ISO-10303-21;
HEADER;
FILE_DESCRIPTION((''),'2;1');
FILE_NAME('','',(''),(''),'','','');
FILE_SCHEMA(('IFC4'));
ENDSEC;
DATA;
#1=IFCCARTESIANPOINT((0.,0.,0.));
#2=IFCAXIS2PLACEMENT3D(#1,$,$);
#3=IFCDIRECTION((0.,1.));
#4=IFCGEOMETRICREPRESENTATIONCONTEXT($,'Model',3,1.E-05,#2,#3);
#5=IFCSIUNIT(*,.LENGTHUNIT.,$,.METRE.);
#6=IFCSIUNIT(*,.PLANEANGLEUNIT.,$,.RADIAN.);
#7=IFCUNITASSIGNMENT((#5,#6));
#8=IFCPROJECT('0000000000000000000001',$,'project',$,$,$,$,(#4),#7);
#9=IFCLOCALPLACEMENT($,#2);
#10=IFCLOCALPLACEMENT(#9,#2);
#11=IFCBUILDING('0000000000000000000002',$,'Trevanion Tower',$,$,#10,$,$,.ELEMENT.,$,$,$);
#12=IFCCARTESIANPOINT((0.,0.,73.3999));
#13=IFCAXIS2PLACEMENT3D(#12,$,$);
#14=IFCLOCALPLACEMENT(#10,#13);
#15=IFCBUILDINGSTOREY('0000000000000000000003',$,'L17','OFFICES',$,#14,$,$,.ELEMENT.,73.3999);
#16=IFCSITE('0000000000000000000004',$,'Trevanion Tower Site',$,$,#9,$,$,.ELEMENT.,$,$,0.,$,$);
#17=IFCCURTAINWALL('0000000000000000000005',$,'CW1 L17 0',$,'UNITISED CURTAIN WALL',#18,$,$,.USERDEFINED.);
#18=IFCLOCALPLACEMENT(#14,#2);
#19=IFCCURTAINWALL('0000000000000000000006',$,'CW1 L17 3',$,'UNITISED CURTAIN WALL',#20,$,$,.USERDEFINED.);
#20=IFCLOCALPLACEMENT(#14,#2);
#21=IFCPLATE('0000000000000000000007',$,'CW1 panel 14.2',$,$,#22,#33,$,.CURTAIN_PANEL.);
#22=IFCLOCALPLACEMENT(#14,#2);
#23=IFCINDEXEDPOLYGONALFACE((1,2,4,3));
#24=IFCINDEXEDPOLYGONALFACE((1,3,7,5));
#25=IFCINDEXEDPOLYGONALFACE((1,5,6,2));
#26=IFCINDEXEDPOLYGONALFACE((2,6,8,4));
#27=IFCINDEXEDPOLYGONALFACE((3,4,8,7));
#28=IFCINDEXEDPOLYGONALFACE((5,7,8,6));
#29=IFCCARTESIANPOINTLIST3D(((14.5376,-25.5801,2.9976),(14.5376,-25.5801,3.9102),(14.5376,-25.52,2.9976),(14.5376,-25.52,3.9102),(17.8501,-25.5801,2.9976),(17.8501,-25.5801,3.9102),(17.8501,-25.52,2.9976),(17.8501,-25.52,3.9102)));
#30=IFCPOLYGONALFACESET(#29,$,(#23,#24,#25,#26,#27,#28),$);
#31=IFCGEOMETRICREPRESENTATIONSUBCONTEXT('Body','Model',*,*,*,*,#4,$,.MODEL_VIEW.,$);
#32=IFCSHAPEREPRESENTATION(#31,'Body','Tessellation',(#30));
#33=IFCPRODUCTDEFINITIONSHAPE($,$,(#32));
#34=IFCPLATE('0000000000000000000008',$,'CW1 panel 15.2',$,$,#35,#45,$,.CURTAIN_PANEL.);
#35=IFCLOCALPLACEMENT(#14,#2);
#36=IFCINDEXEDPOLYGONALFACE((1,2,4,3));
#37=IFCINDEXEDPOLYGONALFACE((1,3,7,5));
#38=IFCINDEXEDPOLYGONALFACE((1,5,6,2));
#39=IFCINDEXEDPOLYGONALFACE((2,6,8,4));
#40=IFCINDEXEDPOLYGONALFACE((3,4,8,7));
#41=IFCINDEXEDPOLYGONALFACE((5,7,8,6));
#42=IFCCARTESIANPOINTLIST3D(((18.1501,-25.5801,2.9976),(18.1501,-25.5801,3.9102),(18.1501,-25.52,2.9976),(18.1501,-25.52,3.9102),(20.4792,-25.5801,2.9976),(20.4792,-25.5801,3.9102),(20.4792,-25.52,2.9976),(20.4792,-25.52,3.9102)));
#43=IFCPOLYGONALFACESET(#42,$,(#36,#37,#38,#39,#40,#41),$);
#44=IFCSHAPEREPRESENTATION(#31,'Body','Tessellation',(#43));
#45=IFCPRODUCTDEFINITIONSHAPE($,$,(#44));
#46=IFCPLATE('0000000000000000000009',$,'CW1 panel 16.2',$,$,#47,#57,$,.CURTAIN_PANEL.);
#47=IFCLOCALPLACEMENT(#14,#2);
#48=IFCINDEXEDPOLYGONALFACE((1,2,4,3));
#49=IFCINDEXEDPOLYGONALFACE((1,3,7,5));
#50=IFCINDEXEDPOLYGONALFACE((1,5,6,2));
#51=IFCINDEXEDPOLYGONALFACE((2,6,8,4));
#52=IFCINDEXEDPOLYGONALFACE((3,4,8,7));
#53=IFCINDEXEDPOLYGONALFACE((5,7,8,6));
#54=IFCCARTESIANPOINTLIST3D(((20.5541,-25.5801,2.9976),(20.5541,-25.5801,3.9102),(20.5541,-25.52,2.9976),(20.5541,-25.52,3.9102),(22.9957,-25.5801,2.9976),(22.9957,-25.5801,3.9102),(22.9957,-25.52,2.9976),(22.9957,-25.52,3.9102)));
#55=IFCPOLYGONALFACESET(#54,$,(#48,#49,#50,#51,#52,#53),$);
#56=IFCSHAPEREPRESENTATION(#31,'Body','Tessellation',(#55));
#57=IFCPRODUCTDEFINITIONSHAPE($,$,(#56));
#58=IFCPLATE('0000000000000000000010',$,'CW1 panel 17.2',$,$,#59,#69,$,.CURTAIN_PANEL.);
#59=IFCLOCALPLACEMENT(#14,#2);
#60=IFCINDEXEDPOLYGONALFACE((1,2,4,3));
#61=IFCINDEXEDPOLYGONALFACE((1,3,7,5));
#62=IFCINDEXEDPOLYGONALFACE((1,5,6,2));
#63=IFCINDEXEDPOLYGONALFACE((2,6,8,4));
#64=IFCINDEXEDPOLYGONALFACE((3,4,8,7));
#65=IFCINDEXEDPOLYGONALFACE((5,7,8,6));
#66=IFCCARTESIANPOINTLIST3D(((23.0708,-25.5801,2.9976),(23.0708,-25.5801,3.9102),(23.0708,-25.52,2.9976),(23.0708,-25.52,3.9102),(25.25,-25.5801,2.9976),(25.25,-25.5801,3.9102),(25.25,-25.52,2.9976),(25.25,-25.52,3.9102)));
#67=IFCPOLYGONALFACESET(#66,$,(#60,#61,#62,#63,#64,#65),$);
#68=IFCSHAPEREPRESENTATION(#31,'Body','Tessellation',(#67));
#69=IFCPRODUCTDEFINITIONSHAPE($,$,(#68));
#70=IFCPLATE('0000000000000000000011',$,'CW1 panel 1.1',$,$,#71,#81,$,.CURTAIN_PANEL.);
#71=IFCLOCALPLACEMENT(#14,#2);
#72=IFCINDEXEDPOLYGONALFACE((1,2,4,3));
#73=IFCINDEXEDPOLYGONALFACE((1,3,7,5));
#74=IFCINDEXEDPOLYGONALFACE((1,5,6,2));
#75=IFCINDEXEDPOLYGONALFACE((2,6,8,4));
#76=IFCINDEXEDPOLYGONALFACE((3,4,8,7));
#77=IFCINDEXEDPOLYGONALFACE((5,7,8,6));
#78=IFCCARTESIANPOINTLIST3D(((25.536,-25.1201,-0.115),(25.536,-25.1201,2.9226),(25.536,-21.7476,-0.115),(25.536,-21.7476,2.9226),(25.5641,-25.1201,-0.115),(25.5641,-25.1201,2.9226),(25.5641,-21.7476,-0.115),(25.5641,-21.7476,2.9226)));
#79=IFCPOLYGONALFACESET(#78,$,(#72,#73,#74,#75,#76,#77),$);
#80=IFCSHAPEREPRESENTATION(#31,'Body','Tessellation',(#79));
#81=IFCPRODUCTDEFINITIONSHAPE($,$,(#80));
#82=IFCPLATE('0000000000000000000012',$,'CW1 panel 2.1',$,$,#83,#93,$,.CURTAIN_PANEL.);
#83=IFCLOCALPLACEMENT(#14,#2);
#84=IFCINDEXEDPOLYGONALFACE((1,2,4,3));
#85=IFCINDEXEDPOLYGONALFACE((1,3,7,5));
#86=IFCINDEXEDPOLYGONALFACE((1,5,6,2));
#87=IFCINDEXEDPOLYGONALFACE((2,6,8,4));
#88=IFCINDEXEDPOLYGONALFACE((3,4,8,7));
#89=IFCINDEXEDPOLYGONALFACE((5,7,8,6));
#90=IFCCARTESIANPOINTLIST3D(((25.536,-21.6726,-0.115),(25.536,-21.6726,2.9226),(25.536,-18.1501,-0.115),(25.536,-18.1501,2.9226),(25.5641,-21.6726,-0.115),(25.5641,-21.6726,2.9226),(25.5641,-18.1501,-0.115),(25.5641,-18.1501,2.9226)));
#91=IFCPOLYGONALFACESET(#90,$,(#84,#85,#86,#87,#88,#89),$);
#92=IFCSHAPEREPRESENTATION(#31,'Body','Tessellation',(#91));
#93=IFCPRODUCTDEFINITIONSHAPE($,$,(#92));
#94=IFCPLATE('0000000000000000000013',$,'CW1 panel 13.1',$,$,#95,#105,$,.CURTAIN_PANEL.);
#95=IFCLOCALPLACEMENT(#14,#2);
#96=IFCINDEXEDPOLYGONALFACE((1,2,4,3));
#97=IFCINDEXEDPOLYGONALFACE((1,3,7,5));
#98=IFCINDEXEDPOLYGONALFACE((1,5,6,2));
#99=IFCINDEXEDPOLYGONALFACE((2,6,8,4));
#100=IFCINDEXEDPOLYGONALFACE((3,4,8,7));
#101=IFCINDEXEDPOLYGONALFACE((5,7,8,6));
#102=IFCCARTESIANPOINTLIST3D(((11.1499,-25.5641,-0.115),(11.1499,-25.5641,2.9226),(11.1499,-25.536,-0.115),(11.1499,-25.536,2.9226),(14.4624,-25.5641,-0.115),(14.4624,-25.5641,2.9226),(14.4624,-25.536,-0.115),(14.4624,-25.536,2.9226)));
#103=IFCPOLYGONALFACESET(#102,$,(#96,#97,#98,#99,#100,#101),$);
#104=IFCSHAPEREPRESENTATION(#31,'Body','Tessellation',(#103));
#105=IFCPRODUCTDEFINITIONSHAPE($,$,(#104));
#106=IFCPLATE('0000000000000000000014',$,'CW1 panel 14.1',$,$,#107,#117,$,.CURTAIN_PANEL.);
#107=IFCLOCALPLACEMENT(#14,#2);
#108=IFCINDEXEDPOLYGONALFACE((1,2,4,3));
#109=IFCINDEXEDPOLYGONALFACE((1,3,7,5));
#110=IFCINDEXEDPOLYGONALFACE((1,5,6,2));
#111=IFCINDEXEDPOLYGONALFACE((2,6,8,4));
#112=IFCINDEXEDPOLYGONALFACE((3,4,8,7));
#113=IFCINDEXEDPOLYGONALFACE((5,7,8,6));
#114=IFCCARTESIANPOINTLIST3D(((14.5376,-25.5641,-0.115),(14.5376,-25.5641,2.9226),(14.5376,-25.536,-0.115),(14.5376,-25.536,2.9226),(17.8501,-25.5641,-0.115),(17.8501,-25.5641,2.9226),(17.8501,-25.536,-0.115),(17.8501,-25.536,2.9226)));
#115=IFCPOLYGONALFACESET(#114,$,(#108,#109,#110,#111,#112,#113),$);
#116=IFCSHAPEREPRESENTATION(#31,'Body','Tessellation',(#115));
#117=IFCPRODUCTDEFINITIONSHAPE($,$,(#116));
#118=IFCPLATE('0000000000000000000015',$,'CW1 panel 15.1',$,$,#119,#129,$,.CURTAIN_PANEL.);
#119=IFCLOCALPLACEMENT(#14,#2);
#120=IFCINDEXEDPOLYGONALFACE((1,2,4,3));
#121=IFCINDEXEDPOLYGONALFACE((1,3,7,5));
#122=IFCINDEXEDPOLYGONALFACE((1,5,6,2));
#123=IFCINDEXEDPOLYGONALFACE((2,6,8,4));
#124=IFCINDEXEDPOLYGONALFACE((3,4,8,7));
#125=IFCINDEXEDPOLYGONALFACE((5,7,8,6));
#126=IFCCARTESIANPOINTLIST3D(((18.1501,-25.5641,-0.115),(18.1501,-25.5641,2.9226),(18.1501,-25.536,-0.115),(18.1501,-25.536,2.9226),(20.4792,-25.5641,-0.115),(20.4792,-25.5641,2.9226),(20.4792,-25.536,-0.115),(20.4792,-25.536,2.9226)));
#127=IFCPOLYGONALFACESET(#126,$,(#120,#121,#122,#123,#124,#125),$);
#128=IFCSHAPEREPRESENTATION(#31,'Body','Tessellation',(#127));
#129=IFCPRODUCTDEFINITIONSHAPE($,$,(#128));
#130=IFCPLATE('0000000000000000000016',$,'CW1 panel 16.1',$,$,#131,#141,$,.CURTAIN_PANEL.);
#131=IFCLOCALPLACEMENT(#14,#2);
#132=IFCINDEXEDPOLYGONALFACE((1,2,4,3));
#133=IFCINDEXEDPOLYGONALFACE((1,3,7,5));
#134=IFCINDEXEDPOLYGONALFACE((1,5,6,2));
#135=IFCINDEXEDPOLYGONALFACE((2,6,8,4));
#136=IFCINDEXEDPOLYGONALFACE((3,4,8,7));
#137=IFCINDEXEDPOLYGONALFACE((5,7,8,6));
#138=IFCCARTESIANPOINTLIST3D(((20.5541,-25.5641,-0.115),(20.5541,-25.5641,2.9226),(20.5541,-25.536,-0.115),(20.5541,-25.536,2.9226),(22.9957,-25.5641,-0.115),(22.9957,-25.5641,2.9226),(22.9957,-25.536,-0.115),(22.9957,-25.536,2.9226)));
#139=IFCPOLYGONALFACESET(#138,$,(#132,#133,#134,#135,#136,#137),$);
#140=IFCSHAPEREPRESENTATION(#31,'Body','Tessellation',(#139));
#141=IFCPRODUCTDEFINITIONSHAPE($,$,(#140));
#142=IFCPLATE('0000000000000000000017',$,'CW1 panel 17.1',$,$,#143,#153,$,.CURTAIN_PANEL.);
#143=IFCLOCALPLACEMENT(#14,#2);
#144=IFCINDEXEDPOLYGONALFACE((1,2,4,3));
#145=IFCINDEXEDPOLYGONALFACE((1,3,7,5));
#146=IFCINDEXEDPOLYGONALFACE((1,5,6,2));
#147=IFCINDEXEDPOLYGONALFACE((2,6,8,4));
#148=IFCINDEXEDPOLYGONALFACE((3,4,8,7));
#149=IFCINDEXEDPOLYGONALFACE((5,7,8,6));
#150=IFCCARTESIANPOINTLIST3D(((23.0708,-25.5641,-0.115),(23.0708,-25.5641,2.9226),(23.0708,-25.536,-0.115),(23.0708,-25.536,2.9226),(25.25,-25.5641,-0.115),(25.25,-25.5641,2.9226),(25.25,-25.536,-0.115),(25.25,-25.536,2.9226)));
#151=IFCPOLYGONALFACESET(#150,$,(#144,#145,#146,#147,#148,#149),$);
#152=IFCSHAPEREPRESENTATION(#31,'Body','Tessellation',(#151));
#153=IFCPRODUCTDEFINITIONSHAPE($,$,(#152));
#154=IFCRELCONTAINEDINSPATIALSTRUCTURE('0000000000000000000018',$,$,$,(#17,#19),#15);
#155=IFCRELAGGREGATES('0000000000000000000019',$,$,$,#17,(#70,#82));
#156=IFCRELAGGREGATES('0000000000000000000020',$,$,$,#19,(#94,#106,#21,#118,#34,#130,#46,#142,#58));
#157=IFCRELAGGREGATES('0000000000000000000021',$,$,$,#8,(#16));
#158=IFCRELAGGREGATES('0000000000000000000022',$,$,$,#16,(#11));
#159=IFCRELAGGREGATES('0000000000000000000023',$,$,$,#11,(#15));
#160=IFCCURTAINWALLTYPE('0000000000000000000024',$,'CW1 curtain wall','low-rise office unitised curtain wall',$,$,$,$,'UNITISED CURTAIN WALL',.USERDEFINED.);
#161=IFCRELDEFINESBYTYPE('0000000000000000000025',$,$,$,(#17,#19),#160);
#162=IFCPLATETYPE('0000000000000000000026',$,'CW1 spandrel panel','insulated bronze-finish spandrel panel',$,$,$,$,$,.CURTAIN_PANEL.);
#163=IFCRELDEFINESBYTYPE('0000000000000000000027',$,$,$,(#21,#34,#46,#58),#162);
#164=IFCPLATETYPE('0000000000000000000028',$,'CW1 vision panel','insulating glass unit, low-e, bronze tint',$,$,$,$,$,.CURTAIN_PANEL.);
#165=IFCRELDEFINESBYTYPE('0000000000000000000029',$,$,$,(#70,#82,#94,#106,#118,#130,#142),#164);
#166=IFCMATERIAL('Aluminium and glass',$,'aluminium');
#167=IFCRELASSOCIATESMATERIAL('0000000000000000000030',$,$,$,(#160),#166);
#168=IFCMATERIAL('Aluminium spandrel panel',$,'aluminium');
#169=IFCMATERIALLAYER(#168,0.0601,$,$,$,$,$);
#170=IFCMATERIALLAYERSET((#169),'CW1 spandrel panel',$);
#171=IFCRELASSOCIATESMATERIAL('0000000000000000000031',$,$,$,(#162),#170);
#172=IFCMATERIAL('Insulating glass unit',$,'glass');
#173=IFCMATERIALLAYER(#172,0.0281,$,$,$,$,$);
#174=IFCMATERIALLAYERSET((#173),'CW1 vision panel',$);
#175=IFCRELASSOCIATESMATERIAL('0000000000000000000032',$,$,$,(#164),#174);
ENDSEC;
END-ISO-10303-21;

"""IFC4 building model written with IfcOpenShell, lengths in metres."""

from ifc_helpers import new_model, si_unit, direction, frame, origin, origin_2d, place, context, subcontext, project, spatial, rectangle, extrude, material, layer, layer_set, type_object, element, aggregate, save


model = new_model("IFC4")

# Units and contexts
model_context = context("Model", 3, precision=1e-05, world=origin(), true_north=direction((0.0, 1.0)))
body_context = subcontext(model_context, "Body", "Model", "MODEL_VIEW")
ifc_project = project(units=[si_unit("LENGTHUNIT", "METRE"), si_unit("PLANEANGLEUNIT", "RADIAN")], contexts=[model_context])

# Site, building, storey
site_placement = place(None, origin())
site = spatial("IfcSite", under=ifc_project, at=site_placement, Name="Trevanion Tower Site", CompositionType="ELEMENT", RefElevation=0.0)
building_placement = place(site_placement, origin())
building = spatial("IfcBuilding", under=site, at=building_placement, Name="Trevanion Tower", CompositionType="ELEMENT")
storey_placement = place(building_placement, frame((0.0, 0.0, 73.3999)))
storey = spatial("IfcBuildingStorey", under=building, at=storey_placement, Name="L17", Description="OFFICES", CompositionType="ELEMENT", Elevation=73.3999)

# Curtain wall
ifc_material_1 = material(Name="Aluminium and glass", Category="aluminium")
curtain_wall_type = type_object("IfcCurtainWallType", Name="CW1 curtain wall", Description="low-rise office unitised curtain wall", ElementType="UNITISED CURTAIN WALL", PredefinedType="USERDEFINED", material=ifc_material_1)
curtain_wall_1_placement = place(storey_placement, origin())
curtain_wall_1 = element("IfcCurtainWall", 1, at=curtain_wall_1_placement, inside=storey, type_object=curtain_wall_type, Name="CW1 L17 0", ObjectType="UNITISED CURTAIN WALL", PredefinedType="USERDEFINED")

# Curtain wall
curtain_wall_2_placement = place(storey_placement, origin())
curtain_wall_2 = element("IfcCurtainWall", 2, at=curtain_wall_2_placement, inside=storey, type_object=curtain_wall_type, Name="CW1 L17 3", ObjectType="UNITISED CURTAIN WALL", PredefinedType="USERDEFINED")

# Plates
ifc_material_2 = material(Name="Aluminium spandrel panel", Category="aluminium")
ifc_layer_1 = layer(ifc_material_2, 0.0601)
ifc_layer_set_1 = layer_set([ifc_layer_1], Name="CW1 spandrel panel")
plate_type_1 = type_object("IfcPlateType", Name="CW1 spandrel panel", Description="insulated bronze-finish spandrel panel", PredefinedType="CURTAIN_PANEL", material=ifc_layer_set_1)
plate_1_placement = place(storey_placement, frame((16.1938, -25.55, 2.9976), z_axis=(0.0, 0.0, 1.0), x_axis=(1.0, 0.0, 0.0)))
plate_1 = element("IfcPlate", 3, at=plate_1_placement, type_object=plate_type_1, Name="CW1 panel 14.2", PredefinedType="CURTAIN_PANEL", context=body_context, shape_type="SweptSolid", body=[
    extrude(rectangle(XDim=3.3125, YDim=0.0601, at=origin_2d()), origin(), (0.0, 0.0, 1.0), 0.9126),
])
plate_2_placement = place(storey_placement, frame((19.3147, -25.55, 2.9976), z_axis=(0.0, 0.0, 1.0), x_axis=(1.0, 0.0, 0.0)))
plate_2 = element("IfcPlate", 4, at=plate_2_placement, type_object=plate_type_1, Name="CW1 panel 15.2", PredefinedType="CURTAIN_PANEL", context=body_context, shape_type="SweptSolid", body=[
    extrude(rectangle(XDim=2.3291, YDim=0.0601, at=origin_2d()), origin(), (0.0, 0.0, 1.0), 0.9126),
])
plate_3_placement = place(storey_placement, frame((21.7749, -25.55, 2.9976), z_axis=(0.0, 0.0, 1.0), x_axis=(1.0, 0.0, 0.0)))
plate_3 = element("IfcPlate", 5, at=plate_3_placement, type_object=plate_type_1, Name="CW1 panel 16.2", PredefinedType="CURTAIN_PANEL", context=body_context, shape_type="SweptSolid", body=[
    extrude(rectangle(XDim=2.4417, YDim=0.0601, at=origin_2d()), origin(), (0.0, 0.0, 1.0), 0.9126),
])
plate_4_placement = place(storey_placement, frame((24.1604, -25.55, 2.9976), z_axis=(0.0, 0.0, 1.0), x_axis=(1.0, 0.0, 0.0)))
plate_4 = element("IfcPlate", 6, at=plate_4_placement, type_object=plate_type_1, Name="CW1 panel 17.2", PredefinedType="CURTAIN_PANEL", context=body_context, shape_type="SweptSolid", body=[
    extrude(rectangle(XDim=2.1792, YDim=0.0601, at=origin_2d()), origin(), (0.0, 0.0, 1.0), 0.9126),
])
ifc_material_3 = material(Name="Insulating glass unit", Category="glass")
ifc_layer_2 = layer(ifc_material_3, 0.0281)
ifc_layer_set_2 = layer_set([ifc_layer_2], Name="CW1 vision panel")
plate_type_2 = type_object("IfcPlateType", Name="CW1 vision panel", Description="insulating glass unit, low-e, bronze tint", PredefinedType="CURTAIN_PANEL", material=ifc_layer_set_2)
plate_5_placement = place(storey_placement, frame((25.55, -23.4338, -0.115), z_axis=(0.0, 0.0, 1.0), x_axis=(0.0, 1.0, 0.0)))
plate_5 = element("IfcPlate", 7, at=plate_5_placement, type_object=plate_type_2, Name="CW1 panel 1.1", PredefinedType="CURTAIN_PANEL", context=body_context, shape_type="SweptSolid", body=[
    extrude(rectangle(XDim=3.3726, YDim=0.0281, at=origin_2d()), origin(), (0.0, 0.0, 1.0), 3.0376),
])
plate_6_placement = place(storey_placement, frame((25.55, -19.9114, -0.115), z_axis=(0.0, 0.0, 1.0), x_axis=(0.0, 1.0, 0.0)))
plate_6 = element("IfcPlate", 8, at=plate_6_placement, type_object=plate_type_2, Name="CW1 panel 2.1", PredefinedType="CURTAIN_PANEL", context=body_context, shape_type="SweptSolid", body=[
    extrude(rectangle(XDim=3.5225, YDim=0.0281, at=origin_2d()), origin(), (0.0, 0.0, 1.0), 3.0376),
])
aggregate(curtain_wall_1, [plate_5, plate_6])
plate_7_placement = place(storey_placement, frame((12.8062, -25.55, -0.115), z_axis=(0.0, 0.0, 1.0), x_axis=(1.0, 0.0, 0.0)))
plate_7 = element("IfcPlate", 9, at=plate_7_placement, type_object=plate_type_2, Name="CW1 panel 13.1", PredefinedType="CURTAIN_PANEL", context=body_context, shape_type="SweptSolid", body=[
    extrude(rectangle(XDim=3.3125, YDim=0.0281, at=origin_2d()), origin(), (0.0, 0.0, 1.0), 3.0376),
])
plate_8_placement = place(storey_placement, frame((16.1938, -25.55, -0.115), z_axis=(0.0, 0.0, 1.0), x_axis=(1.0, 0.0, 0.0)))
plate_8 = element("IfcPlate", 10, at=plate_8_placement, type_object=plate_type_2, Name="CW1 panel 14.1", PredefinedType="CURTAIN_PANEL", context=body_context, shape_type="SweptSolid", body=[
    extrude(rectangle(XDim=3.3125, YDim=0.0281, at=origin_2d()), origin(), (0.0, 0.0, 1.0), 3.0376),
])
plate_9_placement = place(storey_placement, frame((19.3147, -25.55, -0.115), z_axis=(0.0, 0.0, 1.0), x_axis=(1.0, 0.0, 0.0)))
plate_9 = element("IfcPlate", 11, at=plate_9_placement, type_object=plate_type_2, Name="CW1 panel 15.1", PredefinedType="CURTAIN_PANEL", context=body_context, shape_type="SweptSolid", body=[
    extrude(rectangle(XDim=2.3291, YDim=0.0281, at=origin_2d()), origin(), (0.0, 0.0, 1.0), 3.0376),
])
plate_10_placement = place(storey_placement, frame((21.7749, -25.55, -0.115), z_axis=(0.0, 0.0, 1.0), x_axis=(1.0, 0.0, 0.0)))
plate_10 = element("IfcPlate", 12, at=plate_10_placement, type_object=plate_type_2, Name="CW1 panel 16.1", PredefinedType="CURTAIN_PANEL", context=body_context, shape_type="SweptSolid", body=[
    extrude(rectangle(XDim=2.4417, YDim=0.0281, at=origin_2d()), origin(), (0.0, 0.0, 1.0), 3.0376),
])
plate_11_placement = place(storey_placement, frame((24.1604, -25.55, -0.115), z_axis=(0.0, 0.0, 1.0), x_axis=(1.0, 0.0, 0.0)))
plate_11 = element("IfcPlate", 13, at=plate_11_placement, type_object=plate_type_2, Name="CW1 panel 17.1", PredefinedType="CURTAIN_PANEL", context=body_context, shape_type="SweptSolid", body=[
    extrude(rectangle(XDim=2.1792, YDim=0.0281, at=origin_2d()), origin(), (0.0, 0.0, 1.0), 3.0376),
])
aggregate(curtain_wall_2, [plate_7, plate_8, plate_1, plate_9, plate_2, plate_10, plate_3, plate_11, plate_4])

save(model, "model.ifc")
